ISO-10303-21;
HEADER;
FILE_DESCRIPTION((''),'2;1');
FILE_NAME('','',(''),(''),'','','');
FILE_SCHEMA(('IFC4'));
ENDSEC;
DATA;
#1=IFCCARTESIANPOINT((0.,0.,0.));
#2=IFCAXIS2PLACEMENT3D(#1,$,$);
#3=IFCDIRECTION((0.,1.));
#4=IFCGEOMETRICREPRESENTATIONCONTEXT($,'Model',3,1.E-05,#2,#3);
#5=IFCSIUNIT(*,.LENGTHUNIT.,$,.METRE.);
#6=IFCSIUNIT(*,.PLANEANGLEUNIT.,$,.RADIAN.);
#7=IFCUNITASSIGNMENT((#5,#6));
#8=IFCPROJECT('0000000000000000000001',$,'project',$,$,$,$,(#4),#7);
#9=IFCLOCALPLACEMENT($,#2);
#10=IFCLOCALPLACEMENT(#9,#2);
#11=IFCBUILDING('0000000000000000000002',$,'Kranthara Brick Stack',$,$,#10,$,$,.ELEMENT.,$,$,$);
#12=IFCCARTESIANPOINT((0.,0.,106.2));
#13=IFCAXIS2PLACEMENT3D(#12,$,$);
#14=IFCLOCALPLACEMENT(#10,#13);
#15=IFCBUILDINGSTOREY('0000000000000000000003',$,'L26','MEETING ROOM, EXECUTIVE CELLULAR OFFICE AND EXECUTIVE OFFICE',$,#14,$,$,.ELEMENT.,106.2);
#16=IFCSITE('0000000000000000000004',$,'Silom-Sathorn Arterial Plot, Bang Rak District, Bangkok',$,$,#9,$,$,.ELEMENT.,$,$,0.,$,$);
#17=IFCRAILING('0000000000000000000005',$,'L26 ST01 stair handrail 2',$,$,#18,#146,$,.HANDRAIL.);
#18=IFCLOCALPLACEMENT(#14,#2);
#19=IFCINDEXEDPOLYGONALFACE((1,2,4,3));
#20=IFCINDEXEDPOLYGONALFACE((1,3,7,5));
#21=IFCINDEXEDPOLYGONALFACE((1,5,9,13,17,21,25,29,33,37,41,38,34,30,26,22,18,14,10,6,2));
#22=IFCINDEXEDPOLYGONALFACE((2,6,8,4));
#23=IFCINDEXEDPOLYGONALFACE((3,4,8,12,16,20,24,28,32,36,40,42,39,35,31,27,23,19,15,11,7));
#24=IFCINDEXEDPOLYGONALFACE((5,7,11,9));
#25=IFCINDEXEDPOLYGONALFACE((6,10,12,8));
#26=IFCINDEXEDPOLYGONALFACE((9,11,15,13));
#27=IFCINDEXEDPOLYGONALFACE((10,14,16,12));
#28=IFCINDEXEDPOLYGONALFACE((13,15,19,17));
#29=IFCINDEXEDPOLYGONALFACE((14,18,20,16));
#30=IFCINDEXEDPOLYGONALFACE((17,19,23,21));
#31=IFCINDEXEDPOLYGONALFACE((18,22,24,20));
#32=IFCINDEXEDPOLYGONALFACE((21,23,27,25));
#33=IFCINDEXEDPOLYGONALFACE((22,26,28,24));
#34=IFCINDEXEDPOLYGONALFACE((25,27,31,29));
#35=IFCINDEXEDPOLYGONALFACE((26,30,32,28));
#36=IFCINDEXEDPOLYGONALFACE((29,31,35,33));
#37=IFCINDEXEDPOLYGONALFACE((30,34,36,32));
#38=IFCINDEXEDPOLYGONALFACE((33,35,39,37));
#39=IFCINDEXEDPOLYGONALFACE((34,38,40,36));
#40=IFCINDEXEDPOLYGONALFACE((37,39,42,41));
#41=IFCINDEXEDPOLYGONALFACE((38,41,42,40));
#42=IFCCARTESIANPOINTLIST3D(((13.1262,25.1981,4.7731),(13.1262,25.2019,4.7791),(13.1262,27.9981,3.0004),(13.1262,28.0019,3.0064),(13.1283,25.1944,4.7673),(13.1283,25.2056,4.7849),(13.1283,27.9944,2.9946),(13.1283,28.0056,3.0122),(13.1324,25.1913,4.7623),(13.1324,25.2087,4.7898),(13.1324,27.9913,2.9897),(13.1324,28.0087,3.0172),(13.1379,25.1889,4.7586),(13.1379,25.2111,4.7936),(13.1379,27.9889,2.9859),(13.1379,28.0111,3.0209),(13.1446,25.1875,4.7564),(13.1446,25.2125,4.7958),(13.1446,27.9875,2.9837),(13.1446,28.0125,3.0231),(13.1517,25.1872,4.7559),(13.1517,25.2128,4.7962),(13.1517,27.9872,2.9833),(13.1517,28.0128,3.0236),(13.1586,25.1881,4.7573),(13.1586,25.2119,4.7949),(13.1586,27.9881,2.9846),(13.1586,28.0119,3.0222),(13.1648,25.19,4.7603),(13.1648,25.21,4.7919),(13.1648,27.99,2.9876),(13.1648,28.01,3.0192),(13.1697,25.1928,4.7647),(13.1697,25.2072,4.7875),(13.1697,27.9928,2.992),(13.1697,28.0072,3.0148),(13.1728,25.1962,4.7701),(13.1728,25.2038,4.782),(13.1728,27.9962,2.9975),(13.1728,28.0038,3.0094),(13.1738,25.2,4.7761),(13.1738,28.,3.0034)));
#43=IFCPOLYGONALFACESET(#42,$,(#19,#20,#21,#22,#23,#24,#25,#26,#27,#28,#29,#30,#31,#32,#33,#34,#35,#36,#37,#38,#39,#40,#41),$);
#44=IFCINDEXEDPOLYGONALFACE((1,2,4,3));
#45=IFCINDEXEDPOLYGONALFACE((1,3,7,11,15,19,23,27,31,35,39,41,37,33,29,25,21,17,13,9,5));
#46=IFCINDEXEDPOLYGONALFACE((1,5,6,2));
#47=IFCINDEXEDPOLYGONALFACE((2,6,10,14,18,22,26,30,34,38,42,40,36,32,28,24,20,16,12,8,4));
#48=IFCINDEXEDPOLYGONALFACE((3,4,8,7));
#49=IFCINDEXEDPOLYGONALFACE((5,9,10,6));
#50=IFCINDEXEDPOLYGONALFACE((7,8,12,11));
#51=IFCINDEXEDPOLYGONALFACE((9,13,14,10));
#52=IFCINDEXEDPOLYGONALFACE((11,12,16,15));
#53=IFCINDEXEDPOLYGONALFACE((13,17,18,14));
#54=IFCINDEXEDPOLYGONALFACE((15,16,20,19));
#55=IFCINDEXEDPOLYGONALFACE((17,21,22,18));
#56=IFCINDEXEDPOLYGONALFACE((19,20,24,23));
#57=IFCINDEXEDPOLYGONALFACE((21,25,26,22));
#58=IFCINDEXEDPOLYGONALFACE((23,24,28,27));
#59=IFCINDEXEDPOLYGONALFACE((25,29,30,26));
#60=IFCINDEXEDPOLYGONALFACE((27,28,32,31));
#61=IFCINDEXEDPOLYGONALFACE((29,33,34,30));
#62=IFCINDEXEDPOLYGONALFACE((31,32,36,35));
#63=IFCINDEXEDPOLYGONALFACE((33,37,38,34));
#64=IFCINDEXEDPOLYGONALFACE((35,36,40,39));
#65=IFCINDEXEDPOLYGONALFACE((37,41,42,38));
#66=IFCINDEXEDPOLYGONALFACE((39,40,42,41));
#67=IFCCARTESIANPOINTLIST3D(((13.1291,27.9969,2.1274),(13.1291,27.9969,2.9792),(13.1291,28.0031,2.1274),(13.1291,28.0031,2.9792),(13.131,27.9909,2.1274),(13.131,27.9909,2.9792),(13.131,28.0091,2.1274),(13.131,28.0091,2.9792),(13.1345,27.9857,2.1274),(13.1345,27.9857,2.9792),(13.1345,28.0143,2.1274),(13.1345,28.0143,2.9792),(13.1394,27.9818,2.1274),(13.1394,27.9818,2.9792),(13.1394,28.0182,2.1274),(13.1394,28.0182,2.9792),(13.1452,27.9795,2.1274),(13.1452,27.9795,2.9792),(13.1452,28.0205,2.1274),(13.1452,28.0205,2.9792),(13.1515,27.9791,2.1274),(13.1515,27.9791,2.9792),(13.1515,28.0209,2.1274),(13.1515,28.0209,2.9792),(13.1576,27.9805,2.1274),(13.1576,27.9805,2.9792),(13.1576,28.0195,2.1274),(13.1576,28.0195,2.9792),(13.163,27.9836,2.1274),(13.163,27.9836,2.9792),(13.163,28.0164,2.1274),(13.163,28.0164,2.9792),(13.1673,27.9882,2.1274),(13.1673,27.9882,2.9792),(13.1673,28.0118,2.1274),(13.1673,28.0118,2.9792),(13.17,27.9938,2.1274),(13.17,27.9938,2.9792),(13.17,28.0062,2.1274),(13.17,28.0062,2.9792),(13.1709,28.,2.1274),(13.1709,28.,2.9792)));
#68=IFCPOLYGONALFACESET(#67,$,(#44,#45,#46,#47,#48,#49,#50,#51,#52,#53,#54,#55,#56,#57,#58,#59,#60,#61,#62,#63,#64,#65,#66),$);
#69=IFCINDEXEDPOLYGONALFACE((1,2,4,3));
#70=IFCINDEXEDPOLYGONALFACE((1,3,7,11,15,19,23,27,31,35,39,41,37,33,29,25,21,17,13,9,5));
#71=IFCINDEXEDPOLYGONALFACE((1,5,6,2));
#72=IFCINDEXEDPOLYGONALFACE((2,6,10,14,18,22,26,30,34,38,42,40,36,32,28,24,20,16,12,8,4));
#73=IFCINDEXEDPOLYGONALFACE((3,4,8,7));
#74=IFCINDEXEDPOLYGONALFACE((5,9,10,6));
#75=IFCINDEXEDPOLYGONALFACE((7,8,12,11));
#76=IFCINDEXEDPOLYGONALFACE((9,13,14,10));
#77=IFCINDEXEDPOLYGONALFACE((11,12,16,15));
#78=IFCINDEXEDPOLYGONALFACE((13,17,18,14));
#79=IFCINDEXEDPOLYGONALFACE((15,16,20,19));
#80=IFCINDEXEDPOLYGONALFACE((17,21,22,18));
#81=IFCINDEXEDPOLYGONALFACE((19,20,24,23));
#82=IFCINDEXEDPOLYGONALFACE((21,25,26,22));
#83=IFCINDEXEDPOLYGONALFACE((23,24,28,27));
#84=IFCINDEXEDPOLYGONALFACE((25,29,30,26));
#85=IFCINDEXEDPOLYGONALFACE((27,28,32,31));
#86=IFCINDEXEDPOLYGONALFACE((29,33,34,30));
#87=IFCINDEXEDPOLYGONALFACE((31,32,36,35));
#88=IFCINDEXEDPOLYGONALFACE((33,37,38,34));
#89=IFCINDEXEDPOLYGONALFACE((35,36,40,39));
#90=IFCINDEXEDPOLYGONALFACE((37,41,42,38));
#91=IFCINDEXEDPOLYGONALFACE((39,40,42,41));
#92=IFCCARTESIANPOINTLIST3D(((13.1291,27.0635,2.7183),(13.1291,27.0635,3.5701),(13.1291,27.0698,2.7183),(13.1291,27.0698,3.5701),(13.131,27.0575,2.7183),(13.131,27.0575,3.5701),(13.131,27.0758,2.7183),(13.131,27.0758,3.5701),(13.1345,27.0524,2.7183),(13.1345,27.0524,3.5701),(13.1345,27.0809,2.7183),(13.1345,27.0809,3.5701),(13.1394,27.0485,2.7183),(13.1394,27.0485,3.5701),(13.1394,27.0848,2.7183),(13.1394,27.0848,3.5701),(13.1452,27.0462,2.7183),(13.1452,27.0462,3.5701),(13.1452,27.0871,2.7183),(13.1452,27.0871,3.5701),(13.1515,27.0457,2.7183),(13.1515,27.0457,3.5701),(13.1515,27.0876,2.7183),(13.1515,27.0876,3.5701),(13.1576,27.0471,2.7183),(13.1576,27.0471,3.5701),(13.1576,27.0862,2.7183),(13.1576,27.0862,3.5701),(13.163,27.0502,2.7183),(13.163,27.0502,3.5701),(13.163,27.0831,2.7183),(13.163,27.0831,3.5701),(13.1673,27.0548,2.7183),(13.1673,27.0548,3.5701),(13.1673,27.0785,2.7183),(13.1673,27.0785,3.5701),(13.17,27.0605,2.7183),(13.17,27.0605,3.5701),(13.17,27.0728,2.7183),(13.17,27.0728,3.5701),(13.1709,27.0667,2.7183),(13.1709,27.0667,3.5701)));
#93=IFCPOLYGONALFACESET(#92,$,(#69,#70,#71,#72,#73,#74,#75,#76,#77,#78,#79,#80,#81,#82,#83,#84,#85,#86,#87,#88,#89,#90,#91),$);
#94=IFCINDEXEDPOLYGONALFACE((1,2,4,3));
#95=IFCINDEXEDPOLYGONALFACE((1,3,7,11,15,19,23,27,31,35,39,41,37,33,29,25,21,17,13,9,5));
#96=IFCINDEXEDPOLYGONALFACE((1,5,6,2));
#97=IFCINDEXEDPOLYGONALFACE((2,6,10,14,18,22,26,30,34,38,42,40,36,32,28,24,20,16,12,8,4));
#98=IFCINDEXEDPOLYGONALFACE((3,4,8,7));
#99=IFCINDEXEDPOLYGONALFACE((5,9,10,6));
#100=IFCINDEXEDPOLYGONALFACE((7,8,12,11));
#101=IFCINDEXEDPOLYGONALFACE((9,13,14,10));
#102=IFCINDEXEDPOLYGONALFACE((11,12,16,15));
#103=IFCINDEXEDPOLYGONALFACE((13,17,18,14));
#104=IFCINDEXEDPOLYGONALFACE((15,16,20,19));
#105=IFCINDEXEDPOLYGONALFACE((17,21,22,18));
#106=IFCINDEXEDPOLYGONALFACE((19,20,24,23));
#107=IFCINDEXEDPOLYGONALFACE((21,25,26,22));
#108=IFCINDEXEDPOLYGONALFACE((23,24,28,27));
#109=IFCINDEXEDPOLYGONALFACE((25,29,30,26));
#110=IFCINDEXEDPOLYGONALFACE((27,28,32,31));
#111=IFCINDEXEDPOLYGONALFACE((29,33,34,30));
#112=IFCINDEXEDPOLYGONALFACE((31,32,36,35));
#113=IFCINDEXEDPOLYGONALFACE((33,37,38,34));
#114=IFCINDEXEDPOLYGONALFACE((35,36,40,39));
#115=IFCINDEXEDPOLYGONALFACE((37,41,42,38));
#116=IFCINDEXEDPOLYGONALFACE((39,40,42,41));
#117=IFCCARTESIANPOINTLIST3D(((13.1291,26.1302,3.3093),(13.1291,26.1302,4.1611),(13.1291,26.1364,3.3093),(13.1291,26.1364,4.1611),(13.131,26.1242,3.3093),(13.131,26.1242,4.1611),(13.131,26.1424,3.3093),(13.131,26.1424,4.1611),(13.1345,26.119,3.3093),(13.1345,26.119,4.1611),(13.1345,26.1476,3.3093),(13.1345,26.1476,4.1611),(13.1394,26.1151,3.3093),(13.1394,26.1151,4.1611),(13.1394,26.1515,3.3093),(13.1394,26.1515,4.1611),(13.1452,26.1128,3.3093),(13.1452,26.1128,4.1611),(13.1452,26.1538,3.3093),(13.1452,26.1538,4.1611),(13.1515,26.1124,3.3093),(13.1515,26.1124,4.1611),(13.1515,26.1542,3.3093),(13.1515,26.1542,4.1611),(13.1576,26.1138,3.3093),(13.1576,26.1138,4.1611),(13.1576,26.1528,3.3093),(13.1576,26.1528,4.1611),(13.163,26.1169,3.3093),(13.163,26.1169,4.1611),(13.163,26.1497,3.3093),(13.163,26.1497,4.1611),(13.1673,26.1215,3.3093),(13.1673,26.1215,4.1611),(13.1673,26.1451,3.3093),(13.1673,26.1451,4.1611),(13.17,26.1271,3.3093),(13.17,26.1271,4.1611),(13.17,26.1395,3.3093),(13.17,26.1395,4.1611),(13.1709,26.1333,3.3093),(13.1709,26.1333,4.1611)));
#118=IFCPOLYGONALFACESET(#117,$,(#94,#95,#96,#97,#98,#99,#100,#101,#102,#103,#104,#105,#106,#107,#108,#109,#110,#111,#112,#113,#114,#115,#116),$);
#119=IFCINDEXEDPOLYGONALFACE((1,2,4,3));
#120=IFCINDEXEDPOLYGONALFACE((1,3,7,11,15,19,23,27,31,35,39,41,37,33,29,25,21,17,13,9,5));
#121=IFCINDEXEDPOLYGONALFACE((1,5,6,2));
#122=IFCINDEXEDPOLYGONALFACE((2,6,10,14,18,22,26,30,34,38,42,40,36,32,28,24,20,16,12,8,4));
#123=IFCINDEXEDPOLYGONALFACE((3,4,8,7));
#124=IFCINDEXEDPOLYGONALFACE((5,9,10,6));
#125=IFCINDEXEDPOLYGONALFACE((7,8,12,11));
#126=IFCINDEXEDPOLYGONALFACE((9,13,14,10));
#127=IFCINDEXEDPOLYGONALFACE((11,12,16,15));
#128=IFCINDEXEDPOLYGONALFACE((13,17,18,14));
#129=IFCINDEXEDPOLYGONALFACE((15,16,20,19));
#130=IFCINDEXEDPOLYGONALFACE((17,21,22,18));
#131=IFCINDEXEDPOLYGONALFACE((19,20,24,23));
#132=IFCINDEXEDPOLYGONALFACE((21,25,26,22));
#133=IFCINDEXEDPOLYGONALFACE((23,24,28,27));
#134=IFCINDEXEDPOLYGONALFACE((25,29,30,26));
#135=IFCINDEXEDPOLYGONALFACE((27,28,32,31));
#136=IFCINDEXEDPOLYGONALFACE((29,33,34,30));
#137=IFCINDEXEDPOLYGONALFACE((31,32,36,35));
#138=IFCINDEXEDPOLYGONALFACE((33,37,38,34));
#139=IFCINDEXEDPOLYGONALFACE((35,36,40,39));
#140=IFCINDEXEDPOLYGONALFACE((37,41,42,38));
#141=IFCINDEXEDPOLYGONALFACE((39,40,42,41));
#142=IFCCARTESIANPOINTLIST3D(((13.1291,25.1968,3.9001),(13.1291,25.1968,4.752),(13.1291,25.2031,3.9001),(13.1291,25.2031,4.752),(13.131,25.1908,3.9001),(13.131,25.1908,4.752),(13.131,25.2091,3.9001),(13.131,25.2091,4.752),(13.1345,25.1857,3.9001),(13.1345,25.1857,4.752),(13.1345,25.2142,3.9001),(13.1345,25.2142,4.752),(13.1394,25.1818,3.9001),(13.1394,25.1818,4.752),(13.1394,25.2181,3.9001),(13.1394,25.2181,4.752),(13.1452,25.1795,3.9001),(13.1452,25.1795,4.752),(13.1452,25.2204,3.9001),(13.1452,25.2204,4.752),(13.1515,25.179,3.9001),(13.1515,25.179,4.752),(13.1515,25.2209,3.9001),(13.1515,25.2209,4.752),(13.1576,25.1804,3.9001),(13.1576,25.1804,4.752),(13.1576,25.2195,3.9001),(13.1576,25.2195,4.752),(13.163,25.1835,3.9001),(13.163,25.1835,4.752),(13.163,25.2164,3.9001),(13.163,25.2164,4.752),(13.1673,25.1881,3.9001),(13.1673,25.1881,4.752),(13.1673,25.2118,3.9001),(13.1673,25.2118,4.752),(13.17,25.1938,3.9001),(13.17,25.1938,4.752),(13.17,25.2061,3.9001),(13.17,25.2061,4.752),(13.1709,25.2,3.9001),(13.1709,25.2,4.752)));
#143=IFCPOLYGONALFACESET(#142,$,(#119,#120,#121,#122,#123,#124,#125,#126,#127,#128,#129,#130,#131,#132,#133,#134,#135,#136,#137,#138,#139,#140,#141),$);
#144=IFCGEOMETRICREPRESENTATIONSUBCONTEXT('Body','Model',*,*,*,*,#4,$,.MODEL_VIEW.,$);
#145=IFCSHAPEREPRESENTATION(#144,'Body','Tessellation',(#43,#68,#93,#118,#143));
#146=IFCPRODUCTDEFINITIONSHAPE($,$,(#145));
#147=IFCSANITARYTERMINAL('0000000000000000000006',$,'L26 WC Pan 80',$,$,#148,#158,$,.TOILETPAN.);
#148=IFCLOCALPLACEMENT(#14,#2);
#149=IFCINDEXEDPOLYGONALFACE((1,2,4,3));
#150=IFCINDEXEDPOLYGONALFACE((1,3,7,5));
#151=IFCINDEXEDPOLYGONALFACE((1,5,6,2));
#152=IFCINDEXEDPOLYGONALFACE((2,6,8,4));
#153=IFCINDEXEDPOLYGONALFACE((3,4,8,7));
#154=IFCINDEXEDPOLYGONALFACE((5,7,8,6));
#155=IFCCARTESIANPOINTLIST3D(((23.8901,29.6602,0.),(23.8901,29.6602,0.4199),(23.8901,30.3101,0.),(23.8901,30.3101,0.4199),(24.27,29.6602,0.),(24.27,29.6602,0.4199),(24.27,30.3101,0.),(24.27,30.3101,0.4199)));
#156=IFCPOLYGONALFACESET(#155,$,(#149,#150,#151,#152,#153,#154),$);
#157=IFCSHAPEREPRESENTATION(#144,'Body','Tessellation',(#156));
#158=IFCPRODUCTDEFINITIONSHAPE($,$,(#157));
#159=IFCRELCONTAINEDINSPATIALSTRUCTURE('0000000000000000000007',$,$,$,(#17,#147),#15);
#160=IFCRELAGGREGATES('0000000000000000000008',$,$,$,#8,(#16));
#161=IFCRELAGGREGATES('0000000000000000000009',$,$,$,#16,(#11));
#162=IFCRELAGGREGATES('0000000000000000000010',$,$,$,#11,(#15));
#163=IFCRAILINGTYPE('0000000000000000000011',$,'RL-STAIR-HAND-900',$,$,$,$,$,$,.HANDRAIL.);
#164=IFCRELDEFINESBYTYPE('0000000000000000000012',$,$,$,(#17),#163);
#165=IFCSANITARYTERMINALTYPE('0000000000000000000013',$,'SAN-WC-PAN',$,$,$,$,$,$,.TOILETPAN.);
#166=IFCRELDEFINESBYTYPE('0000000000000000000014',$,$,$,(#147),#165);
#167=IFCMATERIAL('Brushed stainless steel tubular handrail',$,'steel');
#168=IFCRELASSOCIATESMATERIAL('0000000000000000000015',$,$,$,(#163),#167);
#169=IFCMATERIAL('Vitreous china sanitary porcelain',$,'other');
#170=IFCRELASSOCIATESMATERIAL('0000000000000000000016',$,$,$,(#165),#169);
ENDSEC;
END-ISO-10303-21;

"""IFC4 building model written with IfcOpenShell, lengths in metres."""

from ifc_helpers import new_model, si_unit, direction, frame, origin, origin_2d, place, context, subcontext, project, spatial, rectangle, circle, extrude, material, type_object, element, save


model = new_model("IFC4")

# Units and contexts
model_context = context("Model", 3, precision=1e-05, world=origin(), true_north=direction((0.0, 1.0)))
body_context = subcontext(model_context, "Body", "Model", "MODEL_VIEW")
ifc_project = project(units=[si_unit("LENGTHUNIT", "METRE"), si_unit("PLANEANGLEUNIT", "RADIAN")], contexts=[model_context])

# Site, building, storey
site_placement = place(None, origin())
site = spatial("IfcSite", under=ifc_project, at=site_placement, Name="Silom-Sathorn Arterial Plot, Bang Rak District, Bangkok", CompositionType="ELEMENT", RefElevation=0.0)
building_placement = place(site_placement, origin())
building = spatial("IfcBuilding", under=site, at=building_placement, Name="Kranthara Brick Stack", CompositionType="ELEMENT")
storey_placement = place(building_placement, frame((0.0, 0.0, 106.2)))
storey = spatial("IfcBuildingStorey", under=building, at=storey_placement, Name="L26", Description="MEETING ROOM, EXECUTIVE CELLULAR OFFICE AND EXECUTIVE OFFICE", CompositionType="ELEMENT", Elevation=106.2)

# Railing
ifc_material_1 = material(Name="Brushed stainless steel tubular handrail", Category="steel")
railing_type_1 = type_object("IfcRailingType", Name="RL-STAIR-HAND-900", PredefinedType="HANDRAIL", material=ifc_material_1)
railing_1_placement = place(storey_placement, frame((13.1499, 28.0, 2.1274)))
element("IfcRailing", 1, at=railing_1_placement, inside=storey, type_object=railing_type_1, Name="L26 ST01 stair handrail 2", PredefinedType="HANDRAIL", context=body_context, shape_type="SweptSolid", body=[
    extrude(circle(Radius=0.0239, at=origin_2d()), frame((0.0, 0.0, 0.876), z_axis=(0.0, -0.844909, 0.53491), x_axis=(1.0, 0.0, 0.0)), (0.0, 0.0, 1.0), 3.314),
    extrude(circle(Radius=0.021, at=origin_2d()), origin(), (0.0, 0.0, 1.0), 0.8518),
    extrude(circle(Radius=0.021, at=origin_2d()), frame((0.0, -0.9333, 0.5908)), (0.0, 0.0, 1.0), 0.8518),
    extrude(circle(Radius=0.021, at=origin_2d()), frame((0.0, -1.8667, 1.1819)), (0.0, 0.0, 1.0), 0.8518),
    extrude(circle(Radius=0.021, at=origin_2d()), frame((0.0, -2.8, 1.7727)), (0.0, 0.0, 1.0), 0.8518),
])

# Sanitary terminal
ifc_material_2 = material(Name="Vitreous china sanitary porcelain", Category="other")
sanitary_terminal_type = type_object("IfcSanitaryTerminalType", Name="SAN-WC-PAN", PredefinedType="TOILETPAN", material=ifc_material_2)
sanitary_terminal_placement = place(storey_placement, frame((24.0801, 29.9851, 0.0), z_axis=(0.0, 0.0, 1.0), x_axis=(1.0, 0.0, 0.0)))
element("IfcSanitaryTerminal", 2, at=sanitary_terminal_placement, inside=storey, type_object=sanitary_terminal_type, Name="L26 WC Pan 80", PredefinedType="TOILETPAN", context=body_context, shape_type="SweptSolid", body=[
    extrude(rectangle(XDim=0.3799, YDim=0.6499, at=origin_2d()), origin(), (0.0, 0.0, 1.0), 0.4199),
])

save(model, "model.ifc")
